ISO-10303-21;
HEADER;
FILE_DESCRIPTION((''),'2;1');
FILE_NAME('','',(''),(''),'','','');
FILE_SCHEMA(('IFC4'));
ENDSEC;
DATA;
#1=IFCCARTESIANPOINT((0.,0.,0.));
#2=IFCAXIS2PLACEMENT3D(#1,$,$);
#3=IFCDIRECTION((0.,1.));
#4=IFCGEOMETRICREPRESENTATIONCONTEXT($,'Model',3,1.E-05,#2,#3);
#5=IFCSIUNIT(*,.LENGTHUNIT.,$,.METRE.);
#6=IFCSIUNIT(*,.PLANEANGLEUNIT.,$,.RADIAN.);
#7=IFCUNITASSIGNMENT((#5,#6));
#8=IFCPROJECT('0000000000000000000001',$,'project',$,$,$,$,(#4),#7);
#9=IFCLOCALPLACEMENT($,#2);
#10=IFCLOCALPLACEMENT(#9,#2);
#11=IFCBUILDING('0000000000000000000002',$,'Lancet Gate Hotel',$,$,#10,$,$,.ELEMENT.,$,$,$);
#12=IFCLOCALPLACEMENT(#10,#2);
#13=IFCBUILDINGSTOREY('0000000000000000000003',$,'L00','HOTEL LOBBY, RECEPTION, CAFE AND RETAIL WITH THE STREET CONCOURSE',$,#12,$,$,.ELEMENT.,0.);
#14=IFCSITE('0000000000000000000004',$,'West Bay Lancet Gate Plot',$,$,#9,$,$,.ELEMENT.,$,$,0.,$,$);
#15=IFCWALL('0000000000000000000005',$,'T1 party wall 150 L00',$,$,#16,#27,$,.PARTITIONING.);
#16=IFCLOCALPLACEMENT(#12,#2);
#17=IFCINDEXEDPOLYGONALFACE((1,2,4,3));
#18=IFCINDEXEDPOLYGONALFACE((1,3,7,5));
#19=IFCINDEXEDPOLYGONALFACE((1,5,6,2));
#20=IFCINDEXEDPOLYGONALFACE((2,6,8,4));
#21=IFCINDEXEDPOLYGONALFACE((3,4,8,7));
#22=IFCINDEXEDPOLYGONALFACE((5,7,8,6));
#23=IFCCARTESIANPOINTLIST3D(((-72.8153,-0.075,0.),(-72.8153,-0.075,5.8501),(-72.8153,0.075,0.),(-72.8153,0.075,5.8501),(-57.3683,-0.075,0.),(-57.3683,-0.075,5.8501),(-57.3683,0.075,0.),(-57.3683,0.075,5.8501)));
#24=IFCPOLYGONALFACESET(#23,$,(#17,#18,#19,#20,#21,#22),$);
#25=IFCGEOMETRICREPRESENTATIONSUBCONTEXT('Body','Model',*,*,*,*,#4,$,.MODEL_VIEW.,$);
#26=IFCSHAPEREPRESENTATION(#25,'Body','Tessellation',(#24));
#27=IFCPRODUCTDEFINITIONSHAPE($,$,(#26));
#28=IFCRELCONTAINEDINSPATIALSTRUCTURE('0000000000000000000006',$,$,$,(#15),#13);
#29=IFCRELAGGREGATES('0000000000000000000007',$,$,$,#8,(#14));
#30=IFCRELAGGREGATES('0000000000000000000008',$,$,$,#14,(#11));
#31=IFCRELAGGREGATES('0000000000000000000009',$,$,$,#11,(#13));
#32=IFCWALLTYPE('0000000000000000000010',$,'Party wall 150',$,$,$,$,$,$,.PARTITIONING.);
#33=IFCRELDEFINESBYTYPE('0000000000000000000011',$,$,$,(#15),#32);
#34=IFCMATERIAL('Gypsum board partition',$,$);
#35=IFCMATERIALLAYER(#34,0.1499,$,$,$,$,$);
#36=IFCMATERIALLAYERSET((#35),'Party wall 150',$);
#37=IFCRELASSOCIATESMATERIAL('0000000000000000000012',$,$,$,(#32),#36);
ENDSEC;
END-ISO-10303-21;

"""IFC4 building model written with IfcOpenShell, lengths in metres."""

from ifc_helpers import new_model, si_unit, direction, frame, frame_2d, origin, place, context, subcontext, project, spatial, rectangle, extrude, material, layer, layer_set, type_object, element, save


model = new_model("IFC4")

# Units and contexts
model_context = context("Model", 3, precision=1e-05, world=origin(), true_north=direction((0.0, 1.0)))
body_context = subcontext(model_context, "Body", "Model", "MODEL_VIEW")
ifc_project = project(units=[si_unit("LENGTHUNIT", "METRE"), si_unit("PLANEANGLEUNIT", "RADIAN")], contexts=[model_context])

# Site, building, storey
site_placement = place(None, origin())
site = spatial("IfcSite", under=ifc_project, at=site_placement, Name="West Bay Lancet Gate Plot", CompositionType="ELEMENT", RefElevation=0.0)
building_placement = place(site_placement, origin())
building = spatial("IfcBuilding", under=site, at=building_placement, Name="Lancet Gate Hotel", CompositionType="ELEMENT")
storey_placement = place(building_placement, origin())
storey = spatial("IfcBuildingStorey", under=building, at=storey_placement, Name="L00", Description="HOTEL LOBBY, RECEPTION, CAFE AND RETAIL WITH THE STREET CONCOURSE", CompositionType="ELEMENT", Elevation=0.0)

# Wall
ifc_material_1 = material(Name="Gypsum board partition")
ifc_layer_1 = layer(ifc_material_1, 0.1499)
ifc_layer_set_1 = layer_set([ifc_layer_1], Name="Party wall 150")
wall_type_1 = type_object("IfcWallType", Name="Party wall 150", PredefinedType="PARTITIONING", material=ifc_layer_set_1)
wall_1_placement = place(storey_placement, frame((-57.3682, 0.0, 0.0), z_axis=(0.0, 0.0, 1.0), x_axis=(-1.0, 0.0, 0.0)))
element("IfcWall", 1, at=wall_1_placement, inside=storey, type_object=wall_type_1, Name="T1 party wall 150 L00", PredefinedType="PARTITIONING", context=body_context, shape_type="SweptSolid", body=[
    extrude(rectangle(XDim=15.447, YDim=0.1499, at=frame_2d((7.7236, 0.0))), origin(), (0.0, 0.0, 1.0), 5.8501),
])

save(model, "model.ifc")
